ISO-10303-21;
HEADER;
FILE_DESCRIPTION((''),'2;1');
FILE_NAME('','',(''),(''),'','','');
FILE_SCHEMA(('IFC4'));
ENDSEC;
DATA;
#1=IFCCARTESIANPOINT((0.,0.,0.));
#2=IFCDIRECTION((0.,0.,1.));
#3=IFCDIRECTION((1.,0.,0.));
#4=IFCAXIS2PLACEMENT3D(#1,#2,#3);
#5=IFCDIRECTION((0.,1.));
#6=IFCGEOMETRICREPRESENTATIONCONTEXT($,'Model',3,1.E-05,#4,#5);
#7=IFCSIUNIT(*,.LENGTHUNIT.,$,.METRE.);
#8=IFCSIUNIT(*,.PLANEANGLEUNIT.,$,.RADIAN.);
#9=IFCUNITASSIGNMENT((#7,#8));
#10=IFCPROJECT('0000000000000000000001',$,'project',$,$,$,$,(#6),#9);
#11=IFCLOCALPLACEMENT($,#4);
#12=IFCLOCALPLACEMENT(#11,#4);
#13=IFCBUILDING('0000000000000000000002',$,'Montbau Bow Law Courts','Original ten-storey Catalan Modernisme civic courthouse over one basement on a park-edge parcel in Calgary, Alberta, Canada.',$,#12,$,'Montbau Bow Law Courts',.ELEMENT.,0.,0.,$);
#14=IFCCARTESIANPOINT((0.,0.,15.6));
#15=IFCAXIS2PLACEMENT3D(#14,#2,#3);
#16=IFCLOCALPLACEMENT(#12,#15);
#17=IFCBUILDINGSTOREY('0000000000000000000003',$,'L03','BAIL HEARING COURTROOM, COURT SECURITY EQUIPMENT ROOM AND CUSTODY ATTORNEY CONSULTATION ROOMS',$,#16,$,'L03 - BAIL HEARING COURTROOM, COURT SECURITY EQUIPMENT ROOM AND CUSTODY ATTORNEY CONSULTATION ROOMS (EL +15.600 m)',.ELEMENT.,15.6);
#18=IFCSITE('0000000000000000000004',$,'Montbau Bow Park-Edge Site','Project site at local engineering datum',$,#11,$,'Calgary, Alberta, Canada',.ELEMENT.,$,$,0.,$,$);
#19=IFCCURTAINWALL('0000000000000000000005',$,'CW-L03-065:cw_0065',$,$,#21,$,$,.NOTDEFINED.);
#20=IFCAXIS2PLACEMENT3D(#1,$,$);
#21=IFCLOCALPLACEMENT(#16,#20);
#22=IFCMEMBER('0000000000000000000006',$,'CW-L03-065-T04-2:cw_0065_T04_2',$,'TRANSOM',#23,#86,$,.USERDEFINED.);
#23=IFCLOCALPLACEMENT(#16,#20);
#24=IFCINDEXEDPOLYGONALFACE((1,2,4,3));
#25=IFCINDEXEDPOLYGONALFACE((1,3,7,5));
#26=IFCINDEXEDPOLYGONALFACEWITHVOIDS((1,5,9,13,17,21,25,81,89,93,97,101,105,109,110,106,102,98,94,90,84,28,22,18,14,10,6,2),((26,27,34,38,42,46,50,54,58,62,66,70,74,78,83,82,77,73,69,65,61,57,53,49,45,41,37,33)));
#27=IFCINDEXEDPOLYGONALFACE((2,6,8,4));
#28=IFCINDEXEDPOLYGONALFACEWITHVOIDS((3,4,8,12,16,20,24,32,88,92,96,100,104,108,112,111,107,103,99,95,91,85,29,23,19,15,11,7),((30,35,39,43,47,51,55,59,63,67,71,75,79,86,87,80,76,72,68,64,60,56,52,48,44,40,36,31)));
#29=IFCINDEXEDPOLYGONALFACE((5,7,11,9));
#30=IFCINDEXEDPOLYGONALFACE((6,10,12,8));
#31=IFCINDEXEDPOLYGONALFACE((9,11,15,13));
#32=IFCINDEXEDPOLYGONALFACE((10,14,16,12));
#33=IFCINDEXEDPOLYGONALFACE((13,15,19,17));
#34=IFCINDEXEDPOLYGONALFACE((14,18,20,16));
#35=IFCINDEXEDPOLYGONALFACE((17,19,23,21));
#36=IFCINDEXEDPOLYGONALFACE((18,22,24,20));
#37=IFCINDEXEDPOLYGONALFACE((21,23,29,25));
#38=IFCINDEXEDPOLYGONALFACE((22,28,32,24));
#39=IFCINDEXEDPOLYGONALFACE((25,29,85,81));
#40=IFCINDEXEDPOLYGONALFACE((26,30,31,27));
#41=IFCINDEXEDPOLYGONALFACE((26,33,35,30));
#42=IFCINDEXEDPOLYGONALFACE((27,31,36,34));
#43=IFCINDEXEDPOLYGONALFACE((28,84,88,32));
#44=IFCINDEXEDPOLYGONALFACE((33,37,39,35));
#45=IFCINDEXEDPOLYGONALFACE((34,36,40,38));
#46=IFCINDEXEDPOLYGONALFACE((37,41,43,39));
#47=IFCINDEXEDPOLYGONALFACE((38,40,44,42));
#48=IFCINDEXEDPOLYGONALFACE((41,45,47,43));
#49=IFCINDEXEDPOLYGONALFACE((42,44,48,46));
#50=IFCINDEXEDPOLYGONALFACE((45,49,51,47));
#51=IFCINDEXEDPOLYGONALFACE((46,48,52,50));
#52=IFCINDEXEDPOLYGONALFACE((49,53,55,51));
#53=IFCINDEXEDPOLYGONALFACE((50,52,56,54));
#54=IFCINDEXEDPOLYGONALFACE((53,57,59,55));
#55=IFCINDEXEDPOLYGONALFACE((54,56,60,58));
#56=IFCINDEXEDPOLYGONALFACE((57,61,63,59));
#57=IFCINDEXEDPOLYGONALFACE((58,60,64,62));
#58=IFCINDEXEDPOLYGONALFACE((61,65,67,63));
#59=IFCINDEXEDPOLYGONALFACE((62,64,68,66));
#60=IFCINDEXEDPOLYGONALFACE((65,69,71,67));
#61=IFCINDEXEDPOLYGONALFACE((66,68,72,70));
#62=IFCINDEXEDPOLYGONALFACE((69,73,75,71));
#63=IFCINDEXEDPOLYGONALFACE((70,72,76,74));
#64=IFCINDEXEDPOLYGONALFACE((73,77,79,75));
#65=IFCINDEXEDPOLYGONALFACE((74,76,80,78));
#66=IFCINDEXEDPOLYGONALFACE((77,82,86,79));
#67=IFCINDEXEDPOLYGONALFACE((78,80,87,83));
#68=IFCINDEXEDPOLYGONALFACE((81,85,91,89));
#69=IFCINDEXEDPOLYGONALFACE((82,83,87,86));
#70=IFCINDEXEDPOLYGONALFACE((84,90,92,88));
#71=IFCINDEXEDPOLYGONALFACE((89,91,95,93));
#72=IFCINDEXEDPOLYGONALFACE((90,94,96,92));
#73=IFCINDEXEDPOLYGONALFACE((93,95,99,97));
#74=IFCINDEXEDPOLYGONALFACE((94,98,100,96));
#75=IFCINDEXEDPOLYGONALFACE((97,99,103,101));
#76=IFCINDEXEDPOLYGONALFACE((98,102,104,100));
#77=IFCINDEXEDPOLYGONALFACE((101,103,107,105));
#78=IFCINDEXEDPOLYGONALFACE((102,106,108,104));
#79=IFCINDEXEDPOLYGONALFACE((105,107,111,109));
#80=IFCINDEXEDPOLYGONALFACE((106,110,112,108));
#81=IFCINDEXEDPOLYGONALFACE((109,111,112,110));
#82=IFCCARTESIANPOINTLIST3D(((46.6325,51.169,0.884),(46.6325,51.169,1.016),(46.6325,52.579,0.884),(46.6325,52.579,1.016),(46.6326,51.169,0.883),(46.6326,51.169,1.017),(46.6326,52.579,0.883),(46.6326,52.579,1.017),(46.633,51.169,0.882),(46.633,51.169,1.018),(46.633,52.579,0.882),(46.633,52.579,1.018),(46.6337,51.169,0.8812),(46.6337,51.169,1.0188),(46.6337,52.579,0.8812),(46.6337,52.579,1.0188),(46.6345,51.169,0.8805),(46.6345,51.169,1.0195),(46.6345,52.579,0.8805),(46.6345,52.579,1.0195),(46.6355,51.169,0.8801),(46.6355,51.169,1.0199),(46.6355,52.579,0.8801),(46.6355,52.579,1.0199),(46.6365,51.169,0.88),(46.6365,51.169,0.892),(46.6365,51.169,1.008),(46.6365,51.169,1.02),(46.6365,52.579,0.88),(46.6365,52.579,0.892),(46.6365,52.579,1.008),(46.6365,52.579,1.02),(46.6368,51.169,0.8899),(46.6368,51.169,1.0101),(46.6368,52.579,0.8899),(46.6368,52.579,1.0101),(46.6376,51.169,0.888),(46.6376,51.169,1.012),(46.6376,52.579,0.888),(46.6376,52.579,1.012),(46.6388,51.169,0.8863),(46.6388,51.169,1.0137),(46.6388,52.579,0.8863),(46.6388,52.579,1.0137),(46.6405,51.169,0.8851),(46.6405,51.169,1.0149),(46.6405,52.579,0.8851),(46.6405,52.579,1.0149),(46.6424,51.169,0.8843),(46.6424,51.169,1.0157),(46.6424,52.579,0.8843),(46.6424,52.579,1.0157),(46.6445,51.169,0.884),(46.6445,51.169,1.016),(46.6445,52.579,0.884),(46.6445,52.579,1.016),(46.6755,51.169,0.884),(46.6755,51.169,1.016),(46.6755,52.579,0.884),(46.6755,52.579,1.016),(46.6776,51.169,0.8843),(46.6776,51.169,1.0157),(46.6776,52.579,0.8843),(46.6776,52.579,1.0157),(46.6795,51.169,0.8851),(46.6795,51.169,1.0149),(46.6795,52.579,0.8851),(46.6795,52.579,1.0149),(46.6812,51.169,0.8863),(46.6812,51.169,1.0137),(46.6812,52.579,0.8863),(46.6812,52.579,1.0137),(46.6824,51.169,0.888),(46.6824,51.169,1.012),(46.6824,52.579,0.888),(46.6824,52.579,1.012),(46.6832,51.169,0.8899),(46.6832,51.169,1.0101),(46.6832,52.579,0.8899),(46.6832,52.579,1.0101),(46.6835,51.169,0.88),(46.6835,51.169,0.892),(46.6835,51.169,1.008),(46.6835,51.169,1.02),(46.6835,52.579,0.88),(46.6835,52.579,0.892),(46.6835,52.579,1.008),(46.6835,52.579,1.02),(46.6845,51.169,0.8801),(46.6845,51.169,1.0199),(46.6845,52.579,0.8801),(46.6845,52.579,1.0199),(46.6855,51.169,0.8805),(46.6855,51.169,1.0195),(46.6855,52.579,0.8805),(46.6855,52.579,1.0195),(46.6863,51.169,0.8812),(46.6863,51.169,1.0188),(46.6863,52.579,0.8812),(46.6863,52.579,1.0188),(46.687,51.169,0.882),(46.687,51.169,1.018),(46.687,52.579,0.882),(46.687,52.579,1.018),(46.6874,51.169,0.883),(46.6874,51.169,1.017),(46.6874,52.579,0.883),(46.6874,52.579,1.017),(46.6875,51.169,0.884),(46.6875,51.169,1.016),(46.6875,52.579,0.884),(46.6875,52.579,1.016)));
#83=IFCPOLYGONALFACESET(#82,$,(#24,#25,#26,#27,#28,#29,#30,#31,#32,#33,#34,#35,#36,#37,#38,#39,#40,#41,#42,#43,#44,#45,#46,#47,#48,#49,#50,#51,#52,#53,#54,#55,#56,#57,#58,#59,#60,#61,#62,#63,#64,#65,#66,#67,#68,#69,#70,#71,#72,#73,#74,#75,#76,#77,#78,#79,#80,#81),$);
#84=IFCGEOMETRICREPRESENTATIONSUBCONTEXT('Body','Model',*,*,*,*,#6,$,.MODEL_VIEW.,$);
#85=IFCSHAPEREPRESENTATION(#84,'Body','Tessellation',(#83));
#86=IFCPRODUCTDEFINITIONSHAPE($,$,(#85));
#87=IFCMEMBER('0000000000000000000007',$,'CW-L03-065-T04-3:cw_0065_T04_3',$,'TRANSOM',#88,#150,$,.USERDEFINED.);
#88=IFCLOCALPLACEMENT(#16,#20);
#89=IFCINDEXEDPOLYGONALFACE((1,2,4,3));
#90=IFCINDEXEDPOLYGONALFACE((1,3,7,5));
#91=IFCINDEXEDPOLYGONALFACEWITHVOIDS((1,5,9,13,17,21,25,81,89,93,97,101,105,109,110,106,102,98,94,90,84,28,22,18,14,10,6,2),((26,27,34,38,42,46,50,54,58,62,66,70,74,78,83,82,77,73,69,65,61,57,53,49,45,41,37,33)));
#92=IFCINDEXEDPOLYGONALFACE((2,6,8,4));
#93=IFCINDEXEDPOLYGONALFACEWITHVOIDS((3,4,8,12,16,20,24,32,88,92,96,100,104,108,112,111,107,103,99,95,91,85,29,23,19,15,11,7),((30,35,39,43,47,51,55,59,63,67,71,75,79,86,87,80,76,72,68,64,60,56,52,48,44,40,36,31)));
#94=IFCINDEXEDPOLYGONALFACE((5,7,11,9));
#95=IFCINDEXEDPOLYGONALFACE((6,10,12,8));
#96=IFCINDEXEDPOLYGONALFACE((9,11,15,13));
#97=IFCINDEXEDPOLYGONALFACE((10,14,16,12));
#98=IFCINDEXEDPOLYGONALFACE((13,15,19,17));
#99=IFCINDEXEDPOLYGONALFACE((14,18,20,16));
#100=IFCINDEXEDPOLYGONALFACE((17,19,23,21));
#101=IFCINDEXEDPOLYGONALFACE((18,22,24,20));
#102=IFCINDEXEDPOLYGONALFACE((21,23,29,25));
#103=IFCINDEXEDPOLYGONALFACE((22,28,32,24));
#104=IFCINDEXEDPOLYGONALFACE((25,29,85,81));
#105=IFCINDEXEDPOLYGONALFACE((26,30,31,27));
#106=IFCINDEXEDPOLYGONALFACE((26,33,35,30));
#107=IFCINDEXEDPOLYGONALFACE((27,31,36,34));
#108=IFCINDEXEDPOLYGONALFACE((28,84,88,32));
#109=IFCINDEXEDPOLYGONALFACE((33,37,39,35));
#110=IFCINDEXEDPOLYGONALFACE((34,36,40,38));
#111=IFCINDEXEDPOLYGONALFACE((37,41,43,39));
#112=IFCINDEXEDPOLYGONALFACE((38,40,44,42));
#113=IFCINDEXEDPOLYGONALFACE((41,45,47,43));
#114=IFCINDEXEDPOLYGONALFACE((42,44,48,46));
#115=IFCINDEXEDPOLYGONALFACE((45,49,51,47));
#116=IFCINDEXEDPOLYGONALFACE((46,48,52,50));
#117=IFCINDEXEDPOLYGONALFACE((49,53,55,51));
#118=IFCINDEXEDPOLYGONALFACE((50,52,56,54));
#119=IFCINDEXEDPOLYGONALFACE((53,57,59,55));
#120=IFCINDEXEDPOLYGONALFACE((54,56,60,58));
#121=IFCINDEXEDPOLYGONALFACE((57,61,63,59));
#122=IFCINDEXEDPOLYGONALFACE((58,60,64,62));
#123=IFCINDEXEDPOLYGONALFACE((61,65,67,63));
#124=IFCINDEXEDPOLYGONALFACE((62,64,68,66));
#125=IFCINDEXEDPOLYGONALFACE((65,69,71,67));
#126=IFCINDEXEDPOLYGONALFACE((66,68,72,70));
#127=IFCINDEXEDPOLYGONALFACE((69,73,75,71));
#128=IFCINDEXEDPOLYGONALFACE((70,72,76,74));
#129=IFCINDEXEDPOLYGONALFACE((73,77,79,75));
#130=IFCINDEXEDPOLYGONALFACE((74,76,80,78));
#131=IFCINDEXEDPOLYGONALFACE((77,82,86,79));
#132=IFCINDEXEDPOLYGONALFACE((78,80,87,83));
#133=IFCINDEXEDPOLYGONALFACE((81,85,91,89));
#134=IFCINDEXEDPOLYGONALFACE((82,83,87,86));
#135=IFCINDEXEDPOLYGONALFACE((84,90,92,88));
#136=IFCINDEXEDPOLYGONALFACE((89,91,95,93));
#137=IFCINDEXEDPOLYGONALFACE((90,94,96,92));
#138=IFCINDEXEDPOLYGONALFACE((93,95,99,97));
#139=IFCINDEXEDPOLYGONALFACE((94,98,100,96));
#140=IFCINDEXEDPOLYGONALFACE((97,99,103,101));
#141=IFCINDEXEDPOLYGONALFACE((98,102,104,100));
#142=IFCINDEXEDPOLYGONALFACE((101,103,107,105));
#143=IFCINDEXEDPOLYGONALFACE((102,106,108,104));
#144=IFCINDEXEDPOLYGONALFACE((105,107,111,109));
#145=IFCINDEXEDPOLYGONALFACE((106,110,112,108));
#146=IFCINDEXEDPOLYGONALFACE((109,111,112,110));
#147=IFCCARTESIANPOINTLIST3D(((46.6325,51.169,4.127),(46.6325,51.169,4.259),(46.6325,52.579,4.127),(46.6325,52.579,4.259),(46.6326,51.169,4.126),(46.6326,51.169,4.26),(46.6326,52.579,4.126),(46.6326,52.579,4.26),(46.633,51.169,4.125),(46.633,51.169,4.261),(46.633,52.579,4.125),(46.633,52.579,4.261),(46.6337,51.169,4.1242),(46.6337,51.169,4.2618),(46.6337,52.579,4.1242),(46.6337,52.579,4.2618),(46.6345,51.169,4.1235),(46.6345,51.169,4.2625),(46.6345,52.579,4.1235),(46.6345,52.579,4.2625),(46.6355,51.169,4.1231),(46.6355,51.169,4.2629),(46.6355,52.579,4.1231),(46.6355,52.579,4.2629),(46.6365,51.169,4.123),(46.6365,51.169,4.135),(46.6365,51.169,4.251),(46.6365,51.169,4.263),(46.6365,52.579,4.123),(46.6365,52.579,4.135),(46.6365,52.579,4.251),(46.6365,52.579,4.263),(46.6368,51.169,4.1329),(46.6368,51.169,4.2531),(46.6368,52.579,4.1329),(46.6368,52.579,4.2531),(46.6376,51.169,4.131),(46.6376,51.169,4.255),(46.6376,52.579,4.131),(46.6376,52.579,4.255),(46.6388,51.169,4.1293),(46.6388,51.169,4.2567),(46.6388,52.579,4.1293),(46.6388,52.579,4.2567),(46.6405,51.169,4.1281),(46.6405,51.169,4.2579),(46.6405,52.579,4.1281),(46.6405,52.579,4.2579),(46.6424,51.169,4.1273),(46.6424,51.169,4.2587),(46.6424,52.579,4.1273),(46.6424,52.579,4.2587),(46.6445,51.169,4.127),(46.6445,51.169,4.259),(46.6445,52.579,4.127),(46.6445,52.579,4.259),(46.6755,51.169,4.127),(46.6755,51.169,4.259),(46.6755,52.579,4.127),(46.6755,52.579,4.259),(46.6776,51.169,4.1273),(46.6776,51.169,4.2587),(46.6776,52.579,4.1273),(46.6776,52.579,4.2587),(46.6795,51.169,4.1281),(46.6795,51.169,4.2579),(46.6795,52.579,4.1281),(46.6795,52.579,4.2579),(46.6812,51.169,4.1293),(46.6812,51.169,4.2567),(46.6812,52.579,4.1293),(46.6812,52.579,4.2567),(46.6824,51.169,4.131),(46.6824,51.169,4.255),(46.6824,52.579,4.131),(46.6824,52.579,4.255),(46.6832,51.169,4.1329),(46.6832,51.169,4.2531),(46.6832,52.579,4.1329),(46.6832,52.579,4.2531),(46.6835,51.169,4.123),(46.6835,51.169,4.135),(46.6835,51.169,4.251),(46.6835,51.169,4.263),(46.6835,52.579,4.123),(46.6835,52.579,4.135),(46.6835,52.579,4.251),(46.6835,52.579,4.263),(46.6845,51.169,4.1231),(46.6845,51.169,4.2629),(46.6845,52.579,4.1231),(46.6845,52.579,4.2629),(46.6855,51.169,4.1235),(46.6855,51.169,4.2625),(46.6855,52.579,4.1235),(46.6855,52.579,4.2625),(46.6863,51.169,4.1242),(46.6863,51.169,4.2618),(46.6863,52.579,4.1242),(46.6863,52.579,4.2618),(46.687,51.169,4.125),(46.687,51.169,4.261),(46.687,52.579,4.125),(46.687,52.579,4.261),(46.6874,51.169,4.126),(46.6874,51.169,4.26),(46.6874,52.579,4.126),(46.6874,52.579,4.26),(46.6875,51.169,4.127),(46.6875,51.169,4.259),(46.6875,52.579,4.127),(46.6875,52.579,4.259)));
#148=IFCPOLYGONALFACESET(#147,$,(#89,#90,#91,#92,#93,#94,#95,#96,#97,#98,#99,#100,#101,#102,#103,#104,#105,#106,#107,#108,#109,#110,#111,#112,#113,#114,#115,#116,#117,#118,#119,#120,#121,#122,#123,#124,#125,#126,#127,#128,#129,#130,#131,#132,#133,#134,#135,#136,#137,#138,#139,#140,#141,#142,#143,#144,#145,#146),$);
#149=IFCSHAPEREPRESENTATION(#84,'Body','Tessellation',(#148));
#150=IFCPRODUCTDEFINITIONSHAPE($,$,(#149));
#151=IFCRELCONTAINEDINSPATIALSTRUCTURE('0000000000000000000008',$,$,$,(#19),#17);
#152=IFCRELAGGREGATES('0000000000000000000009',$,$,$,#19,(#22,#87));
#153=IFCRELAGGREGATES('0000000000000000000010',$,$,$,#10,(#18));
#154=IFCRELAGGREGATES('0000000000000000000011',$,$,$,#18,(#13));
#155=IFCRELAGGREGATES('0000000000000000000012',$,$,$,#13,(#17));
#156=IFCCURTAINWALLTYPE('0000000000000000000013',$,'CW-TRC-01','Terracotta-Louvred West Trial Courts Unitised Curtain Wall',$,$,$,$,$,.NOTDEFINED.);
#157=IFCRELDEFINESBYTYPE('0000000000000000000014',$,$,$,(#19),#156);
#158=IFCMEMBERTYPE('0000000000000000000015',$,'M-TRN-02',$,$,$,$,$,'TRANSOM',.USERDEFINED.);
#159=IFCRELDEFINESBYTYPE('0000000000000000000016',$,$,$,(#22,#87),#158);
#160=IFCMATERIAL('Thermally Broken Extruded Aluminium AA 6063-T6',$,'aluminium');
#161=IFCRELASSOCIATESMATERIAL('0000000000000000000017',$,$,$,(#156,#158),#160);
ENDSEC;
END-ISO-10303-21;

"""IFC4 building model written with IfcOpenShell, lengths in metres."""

from ifc_helpers import new_model, si_unit, direction, frame, origin_with_axes, origin_2d_with_axis, place, context, subcontext, project, spatial, hollow_rectangle, extrude, material, material_profile, profile_set, type_object, element, aggregate, save


model = new_model("IFC4")

# Units and contexts
model_context = context("Model", 3, precision=1e-05, world=origin_with_axes(), true_north=direction((0.0, 1.0)))
body_context = subcontext(model_context, "Body", "Model", "MODEL_VIEW")
ifc_project = project(units=[si_unit("LENGTHUNIT", "METRE"), si_unit("PLANEANGLEUNIT", "RADIAN")], contexts=[model_context])

# Site, building, storey
site_placement = place(None, origin_with_axes())
site = spatial("IfcSite", under=ifc_project, at=site_placement, Name="Montbau Bow Park-Edge Site", Description="Project site at local engineering datum", LongName="Calgary, Alberta, Canada", CompositionType="ELEMENT", RefElevation=0.0)
building_placement = place(site_placement, origin_with_axes())
building = spatial("IfcBuilding", under=site, at=building_placement, Name="Montbau Bow Law Courts", Description="Original ten-storey Catalan Modernisme civic courthouse over one basement on a park-edge parcel in Calgary, Alberta, Canada.", LongName="Montbau Bow Law Courts", CompositionType="ELEMENT", ElevationOfRefHeight=0.0, ElevationOfTerrain=0.0)
storey_placement = place(building_placement, frame((0.0, 0.0, 15.6), z_axis=(0.0, 0.0, 1.0), x_axis=(1.0, 0.0, 0.0)))
storey = spatial("IfcBuildingStorey", under=building, at=storey_placement, Name="L03", Description="BAIL HEARING COURTROOM, COURT SECURITY EQUIPMENT ROOM AND CUSTODY ATTORNEY CONSULTATION ROOMS", LongName="L03 - BAIL HEARING COURTROOM, COURT SECURITY EQUIPMENT ROOM AND CUSTODY ATTORNEY CONSULTATION ROOMS (EL +15.600 m)", CompositionType="ELEMENT", Elevation=15.6)

# Shared definitions
ifc_material_1 = material(Name="Thermally Broken Extruded Aluminium AA 6063-T6", Category="aluminium")

# Curtain wall, members
curtain_wall_type_1 = type_object("IfcCurtainWallType", Name="CW-TRC-01", Description="Terracotta-Louvred West Trial Courts Unitised Curtain Wall", PredefinedType="NOTDEFINED", material=ifc_material_1)
curtain_wall_1_placement = place(None, frame((46.66, 46.715, 15.6), z_axis=(0.0, 0.0, 1.0), x_axis=(1.0, 0.0, 0.0)))
curtain_wall_1 = element("IfcCurtainWall", 1, at=curtain_wall_1_placement, inside=storey, type_object=curtain_wall_type_1, Name="CW-L03-065:cw_0065", PredefinedType="NOTDEFINED")
ifc_material_profile_1 = material_profile(ifc_material_1, hollow_rectangle(XDim=0.055, YDim=0.14, WallThickness=0.004, InnerFilletRadius=0.008, OuterFilletRadius=0.004, at=origin_2d_with_axis()), Name="CWT-140X55", Category="Main", Priority=0)
ifc_profile_set_1 = profile_set([ifc_material_profile_1], Name="Thermally Broken Extruded Aluminium AA 6063-T6")
member_type_1 = type_object("IfcMemberType", Name="M-TRN-02", ElementType="TRANSOM", PredefinedType="USERDEFINED", material=ifc_profile_set_1)
member_1_placement = place(None, frame((46.66, 51.169, 16.55), z_axis=(0.0, 1.0, 0.0), x_axis=(-1.0, 0.0, 0.0)))
member_1 = element("IfcMember", 2, at=member_1_placement, type_object=member_type_1, Name="CW-L03-065-T04-2:cw_0065_T04_2", ObjectType="TRANSOM", PredefinedType="USERDEFINED", context=body_context, shape_type="SweptSolid", body=[
    extrude(hollow_rectangle(XDim=0.055, YDim=0.14, WallThickness=0.004, InnerFilletRadius=0.008, OuterFilletRadius=0.004, at=origin_2d_with_axis()), origin_with_axes(), (0.0, 0.0, 1.0), 1.41),
])
member_2_placement = place(None, frame((46.66, 51.169, 19.793), z_axis=(0.0, 1.0, 0.0), x_axis=(-1.0, 0.0, 0.0)))
member_2 = element("IfcMember", 3, at=member_2_placement, type_object=member_type_1, Name="CW-L03-065-T04-3:cw_0065_T04_3", ObjectType="TRANSOM", PredefinedType="USERDEFINED", context=body_context, shape_type="SweptSolid", body=[
    extrude(hollow_rectangle(XDim=0.055, YDim=0.14, WallThickness=0.004, InnerFilletRadius=0.008, OuterFilletRadius=0.004, at=origin_2d_with_axis()), origin_with_axes(), (0.0, 0.0, 1.0), 1.41),
])
aggregate(curtain_wall_1, [member_1, member_2])

save(model, "model.ifc")
